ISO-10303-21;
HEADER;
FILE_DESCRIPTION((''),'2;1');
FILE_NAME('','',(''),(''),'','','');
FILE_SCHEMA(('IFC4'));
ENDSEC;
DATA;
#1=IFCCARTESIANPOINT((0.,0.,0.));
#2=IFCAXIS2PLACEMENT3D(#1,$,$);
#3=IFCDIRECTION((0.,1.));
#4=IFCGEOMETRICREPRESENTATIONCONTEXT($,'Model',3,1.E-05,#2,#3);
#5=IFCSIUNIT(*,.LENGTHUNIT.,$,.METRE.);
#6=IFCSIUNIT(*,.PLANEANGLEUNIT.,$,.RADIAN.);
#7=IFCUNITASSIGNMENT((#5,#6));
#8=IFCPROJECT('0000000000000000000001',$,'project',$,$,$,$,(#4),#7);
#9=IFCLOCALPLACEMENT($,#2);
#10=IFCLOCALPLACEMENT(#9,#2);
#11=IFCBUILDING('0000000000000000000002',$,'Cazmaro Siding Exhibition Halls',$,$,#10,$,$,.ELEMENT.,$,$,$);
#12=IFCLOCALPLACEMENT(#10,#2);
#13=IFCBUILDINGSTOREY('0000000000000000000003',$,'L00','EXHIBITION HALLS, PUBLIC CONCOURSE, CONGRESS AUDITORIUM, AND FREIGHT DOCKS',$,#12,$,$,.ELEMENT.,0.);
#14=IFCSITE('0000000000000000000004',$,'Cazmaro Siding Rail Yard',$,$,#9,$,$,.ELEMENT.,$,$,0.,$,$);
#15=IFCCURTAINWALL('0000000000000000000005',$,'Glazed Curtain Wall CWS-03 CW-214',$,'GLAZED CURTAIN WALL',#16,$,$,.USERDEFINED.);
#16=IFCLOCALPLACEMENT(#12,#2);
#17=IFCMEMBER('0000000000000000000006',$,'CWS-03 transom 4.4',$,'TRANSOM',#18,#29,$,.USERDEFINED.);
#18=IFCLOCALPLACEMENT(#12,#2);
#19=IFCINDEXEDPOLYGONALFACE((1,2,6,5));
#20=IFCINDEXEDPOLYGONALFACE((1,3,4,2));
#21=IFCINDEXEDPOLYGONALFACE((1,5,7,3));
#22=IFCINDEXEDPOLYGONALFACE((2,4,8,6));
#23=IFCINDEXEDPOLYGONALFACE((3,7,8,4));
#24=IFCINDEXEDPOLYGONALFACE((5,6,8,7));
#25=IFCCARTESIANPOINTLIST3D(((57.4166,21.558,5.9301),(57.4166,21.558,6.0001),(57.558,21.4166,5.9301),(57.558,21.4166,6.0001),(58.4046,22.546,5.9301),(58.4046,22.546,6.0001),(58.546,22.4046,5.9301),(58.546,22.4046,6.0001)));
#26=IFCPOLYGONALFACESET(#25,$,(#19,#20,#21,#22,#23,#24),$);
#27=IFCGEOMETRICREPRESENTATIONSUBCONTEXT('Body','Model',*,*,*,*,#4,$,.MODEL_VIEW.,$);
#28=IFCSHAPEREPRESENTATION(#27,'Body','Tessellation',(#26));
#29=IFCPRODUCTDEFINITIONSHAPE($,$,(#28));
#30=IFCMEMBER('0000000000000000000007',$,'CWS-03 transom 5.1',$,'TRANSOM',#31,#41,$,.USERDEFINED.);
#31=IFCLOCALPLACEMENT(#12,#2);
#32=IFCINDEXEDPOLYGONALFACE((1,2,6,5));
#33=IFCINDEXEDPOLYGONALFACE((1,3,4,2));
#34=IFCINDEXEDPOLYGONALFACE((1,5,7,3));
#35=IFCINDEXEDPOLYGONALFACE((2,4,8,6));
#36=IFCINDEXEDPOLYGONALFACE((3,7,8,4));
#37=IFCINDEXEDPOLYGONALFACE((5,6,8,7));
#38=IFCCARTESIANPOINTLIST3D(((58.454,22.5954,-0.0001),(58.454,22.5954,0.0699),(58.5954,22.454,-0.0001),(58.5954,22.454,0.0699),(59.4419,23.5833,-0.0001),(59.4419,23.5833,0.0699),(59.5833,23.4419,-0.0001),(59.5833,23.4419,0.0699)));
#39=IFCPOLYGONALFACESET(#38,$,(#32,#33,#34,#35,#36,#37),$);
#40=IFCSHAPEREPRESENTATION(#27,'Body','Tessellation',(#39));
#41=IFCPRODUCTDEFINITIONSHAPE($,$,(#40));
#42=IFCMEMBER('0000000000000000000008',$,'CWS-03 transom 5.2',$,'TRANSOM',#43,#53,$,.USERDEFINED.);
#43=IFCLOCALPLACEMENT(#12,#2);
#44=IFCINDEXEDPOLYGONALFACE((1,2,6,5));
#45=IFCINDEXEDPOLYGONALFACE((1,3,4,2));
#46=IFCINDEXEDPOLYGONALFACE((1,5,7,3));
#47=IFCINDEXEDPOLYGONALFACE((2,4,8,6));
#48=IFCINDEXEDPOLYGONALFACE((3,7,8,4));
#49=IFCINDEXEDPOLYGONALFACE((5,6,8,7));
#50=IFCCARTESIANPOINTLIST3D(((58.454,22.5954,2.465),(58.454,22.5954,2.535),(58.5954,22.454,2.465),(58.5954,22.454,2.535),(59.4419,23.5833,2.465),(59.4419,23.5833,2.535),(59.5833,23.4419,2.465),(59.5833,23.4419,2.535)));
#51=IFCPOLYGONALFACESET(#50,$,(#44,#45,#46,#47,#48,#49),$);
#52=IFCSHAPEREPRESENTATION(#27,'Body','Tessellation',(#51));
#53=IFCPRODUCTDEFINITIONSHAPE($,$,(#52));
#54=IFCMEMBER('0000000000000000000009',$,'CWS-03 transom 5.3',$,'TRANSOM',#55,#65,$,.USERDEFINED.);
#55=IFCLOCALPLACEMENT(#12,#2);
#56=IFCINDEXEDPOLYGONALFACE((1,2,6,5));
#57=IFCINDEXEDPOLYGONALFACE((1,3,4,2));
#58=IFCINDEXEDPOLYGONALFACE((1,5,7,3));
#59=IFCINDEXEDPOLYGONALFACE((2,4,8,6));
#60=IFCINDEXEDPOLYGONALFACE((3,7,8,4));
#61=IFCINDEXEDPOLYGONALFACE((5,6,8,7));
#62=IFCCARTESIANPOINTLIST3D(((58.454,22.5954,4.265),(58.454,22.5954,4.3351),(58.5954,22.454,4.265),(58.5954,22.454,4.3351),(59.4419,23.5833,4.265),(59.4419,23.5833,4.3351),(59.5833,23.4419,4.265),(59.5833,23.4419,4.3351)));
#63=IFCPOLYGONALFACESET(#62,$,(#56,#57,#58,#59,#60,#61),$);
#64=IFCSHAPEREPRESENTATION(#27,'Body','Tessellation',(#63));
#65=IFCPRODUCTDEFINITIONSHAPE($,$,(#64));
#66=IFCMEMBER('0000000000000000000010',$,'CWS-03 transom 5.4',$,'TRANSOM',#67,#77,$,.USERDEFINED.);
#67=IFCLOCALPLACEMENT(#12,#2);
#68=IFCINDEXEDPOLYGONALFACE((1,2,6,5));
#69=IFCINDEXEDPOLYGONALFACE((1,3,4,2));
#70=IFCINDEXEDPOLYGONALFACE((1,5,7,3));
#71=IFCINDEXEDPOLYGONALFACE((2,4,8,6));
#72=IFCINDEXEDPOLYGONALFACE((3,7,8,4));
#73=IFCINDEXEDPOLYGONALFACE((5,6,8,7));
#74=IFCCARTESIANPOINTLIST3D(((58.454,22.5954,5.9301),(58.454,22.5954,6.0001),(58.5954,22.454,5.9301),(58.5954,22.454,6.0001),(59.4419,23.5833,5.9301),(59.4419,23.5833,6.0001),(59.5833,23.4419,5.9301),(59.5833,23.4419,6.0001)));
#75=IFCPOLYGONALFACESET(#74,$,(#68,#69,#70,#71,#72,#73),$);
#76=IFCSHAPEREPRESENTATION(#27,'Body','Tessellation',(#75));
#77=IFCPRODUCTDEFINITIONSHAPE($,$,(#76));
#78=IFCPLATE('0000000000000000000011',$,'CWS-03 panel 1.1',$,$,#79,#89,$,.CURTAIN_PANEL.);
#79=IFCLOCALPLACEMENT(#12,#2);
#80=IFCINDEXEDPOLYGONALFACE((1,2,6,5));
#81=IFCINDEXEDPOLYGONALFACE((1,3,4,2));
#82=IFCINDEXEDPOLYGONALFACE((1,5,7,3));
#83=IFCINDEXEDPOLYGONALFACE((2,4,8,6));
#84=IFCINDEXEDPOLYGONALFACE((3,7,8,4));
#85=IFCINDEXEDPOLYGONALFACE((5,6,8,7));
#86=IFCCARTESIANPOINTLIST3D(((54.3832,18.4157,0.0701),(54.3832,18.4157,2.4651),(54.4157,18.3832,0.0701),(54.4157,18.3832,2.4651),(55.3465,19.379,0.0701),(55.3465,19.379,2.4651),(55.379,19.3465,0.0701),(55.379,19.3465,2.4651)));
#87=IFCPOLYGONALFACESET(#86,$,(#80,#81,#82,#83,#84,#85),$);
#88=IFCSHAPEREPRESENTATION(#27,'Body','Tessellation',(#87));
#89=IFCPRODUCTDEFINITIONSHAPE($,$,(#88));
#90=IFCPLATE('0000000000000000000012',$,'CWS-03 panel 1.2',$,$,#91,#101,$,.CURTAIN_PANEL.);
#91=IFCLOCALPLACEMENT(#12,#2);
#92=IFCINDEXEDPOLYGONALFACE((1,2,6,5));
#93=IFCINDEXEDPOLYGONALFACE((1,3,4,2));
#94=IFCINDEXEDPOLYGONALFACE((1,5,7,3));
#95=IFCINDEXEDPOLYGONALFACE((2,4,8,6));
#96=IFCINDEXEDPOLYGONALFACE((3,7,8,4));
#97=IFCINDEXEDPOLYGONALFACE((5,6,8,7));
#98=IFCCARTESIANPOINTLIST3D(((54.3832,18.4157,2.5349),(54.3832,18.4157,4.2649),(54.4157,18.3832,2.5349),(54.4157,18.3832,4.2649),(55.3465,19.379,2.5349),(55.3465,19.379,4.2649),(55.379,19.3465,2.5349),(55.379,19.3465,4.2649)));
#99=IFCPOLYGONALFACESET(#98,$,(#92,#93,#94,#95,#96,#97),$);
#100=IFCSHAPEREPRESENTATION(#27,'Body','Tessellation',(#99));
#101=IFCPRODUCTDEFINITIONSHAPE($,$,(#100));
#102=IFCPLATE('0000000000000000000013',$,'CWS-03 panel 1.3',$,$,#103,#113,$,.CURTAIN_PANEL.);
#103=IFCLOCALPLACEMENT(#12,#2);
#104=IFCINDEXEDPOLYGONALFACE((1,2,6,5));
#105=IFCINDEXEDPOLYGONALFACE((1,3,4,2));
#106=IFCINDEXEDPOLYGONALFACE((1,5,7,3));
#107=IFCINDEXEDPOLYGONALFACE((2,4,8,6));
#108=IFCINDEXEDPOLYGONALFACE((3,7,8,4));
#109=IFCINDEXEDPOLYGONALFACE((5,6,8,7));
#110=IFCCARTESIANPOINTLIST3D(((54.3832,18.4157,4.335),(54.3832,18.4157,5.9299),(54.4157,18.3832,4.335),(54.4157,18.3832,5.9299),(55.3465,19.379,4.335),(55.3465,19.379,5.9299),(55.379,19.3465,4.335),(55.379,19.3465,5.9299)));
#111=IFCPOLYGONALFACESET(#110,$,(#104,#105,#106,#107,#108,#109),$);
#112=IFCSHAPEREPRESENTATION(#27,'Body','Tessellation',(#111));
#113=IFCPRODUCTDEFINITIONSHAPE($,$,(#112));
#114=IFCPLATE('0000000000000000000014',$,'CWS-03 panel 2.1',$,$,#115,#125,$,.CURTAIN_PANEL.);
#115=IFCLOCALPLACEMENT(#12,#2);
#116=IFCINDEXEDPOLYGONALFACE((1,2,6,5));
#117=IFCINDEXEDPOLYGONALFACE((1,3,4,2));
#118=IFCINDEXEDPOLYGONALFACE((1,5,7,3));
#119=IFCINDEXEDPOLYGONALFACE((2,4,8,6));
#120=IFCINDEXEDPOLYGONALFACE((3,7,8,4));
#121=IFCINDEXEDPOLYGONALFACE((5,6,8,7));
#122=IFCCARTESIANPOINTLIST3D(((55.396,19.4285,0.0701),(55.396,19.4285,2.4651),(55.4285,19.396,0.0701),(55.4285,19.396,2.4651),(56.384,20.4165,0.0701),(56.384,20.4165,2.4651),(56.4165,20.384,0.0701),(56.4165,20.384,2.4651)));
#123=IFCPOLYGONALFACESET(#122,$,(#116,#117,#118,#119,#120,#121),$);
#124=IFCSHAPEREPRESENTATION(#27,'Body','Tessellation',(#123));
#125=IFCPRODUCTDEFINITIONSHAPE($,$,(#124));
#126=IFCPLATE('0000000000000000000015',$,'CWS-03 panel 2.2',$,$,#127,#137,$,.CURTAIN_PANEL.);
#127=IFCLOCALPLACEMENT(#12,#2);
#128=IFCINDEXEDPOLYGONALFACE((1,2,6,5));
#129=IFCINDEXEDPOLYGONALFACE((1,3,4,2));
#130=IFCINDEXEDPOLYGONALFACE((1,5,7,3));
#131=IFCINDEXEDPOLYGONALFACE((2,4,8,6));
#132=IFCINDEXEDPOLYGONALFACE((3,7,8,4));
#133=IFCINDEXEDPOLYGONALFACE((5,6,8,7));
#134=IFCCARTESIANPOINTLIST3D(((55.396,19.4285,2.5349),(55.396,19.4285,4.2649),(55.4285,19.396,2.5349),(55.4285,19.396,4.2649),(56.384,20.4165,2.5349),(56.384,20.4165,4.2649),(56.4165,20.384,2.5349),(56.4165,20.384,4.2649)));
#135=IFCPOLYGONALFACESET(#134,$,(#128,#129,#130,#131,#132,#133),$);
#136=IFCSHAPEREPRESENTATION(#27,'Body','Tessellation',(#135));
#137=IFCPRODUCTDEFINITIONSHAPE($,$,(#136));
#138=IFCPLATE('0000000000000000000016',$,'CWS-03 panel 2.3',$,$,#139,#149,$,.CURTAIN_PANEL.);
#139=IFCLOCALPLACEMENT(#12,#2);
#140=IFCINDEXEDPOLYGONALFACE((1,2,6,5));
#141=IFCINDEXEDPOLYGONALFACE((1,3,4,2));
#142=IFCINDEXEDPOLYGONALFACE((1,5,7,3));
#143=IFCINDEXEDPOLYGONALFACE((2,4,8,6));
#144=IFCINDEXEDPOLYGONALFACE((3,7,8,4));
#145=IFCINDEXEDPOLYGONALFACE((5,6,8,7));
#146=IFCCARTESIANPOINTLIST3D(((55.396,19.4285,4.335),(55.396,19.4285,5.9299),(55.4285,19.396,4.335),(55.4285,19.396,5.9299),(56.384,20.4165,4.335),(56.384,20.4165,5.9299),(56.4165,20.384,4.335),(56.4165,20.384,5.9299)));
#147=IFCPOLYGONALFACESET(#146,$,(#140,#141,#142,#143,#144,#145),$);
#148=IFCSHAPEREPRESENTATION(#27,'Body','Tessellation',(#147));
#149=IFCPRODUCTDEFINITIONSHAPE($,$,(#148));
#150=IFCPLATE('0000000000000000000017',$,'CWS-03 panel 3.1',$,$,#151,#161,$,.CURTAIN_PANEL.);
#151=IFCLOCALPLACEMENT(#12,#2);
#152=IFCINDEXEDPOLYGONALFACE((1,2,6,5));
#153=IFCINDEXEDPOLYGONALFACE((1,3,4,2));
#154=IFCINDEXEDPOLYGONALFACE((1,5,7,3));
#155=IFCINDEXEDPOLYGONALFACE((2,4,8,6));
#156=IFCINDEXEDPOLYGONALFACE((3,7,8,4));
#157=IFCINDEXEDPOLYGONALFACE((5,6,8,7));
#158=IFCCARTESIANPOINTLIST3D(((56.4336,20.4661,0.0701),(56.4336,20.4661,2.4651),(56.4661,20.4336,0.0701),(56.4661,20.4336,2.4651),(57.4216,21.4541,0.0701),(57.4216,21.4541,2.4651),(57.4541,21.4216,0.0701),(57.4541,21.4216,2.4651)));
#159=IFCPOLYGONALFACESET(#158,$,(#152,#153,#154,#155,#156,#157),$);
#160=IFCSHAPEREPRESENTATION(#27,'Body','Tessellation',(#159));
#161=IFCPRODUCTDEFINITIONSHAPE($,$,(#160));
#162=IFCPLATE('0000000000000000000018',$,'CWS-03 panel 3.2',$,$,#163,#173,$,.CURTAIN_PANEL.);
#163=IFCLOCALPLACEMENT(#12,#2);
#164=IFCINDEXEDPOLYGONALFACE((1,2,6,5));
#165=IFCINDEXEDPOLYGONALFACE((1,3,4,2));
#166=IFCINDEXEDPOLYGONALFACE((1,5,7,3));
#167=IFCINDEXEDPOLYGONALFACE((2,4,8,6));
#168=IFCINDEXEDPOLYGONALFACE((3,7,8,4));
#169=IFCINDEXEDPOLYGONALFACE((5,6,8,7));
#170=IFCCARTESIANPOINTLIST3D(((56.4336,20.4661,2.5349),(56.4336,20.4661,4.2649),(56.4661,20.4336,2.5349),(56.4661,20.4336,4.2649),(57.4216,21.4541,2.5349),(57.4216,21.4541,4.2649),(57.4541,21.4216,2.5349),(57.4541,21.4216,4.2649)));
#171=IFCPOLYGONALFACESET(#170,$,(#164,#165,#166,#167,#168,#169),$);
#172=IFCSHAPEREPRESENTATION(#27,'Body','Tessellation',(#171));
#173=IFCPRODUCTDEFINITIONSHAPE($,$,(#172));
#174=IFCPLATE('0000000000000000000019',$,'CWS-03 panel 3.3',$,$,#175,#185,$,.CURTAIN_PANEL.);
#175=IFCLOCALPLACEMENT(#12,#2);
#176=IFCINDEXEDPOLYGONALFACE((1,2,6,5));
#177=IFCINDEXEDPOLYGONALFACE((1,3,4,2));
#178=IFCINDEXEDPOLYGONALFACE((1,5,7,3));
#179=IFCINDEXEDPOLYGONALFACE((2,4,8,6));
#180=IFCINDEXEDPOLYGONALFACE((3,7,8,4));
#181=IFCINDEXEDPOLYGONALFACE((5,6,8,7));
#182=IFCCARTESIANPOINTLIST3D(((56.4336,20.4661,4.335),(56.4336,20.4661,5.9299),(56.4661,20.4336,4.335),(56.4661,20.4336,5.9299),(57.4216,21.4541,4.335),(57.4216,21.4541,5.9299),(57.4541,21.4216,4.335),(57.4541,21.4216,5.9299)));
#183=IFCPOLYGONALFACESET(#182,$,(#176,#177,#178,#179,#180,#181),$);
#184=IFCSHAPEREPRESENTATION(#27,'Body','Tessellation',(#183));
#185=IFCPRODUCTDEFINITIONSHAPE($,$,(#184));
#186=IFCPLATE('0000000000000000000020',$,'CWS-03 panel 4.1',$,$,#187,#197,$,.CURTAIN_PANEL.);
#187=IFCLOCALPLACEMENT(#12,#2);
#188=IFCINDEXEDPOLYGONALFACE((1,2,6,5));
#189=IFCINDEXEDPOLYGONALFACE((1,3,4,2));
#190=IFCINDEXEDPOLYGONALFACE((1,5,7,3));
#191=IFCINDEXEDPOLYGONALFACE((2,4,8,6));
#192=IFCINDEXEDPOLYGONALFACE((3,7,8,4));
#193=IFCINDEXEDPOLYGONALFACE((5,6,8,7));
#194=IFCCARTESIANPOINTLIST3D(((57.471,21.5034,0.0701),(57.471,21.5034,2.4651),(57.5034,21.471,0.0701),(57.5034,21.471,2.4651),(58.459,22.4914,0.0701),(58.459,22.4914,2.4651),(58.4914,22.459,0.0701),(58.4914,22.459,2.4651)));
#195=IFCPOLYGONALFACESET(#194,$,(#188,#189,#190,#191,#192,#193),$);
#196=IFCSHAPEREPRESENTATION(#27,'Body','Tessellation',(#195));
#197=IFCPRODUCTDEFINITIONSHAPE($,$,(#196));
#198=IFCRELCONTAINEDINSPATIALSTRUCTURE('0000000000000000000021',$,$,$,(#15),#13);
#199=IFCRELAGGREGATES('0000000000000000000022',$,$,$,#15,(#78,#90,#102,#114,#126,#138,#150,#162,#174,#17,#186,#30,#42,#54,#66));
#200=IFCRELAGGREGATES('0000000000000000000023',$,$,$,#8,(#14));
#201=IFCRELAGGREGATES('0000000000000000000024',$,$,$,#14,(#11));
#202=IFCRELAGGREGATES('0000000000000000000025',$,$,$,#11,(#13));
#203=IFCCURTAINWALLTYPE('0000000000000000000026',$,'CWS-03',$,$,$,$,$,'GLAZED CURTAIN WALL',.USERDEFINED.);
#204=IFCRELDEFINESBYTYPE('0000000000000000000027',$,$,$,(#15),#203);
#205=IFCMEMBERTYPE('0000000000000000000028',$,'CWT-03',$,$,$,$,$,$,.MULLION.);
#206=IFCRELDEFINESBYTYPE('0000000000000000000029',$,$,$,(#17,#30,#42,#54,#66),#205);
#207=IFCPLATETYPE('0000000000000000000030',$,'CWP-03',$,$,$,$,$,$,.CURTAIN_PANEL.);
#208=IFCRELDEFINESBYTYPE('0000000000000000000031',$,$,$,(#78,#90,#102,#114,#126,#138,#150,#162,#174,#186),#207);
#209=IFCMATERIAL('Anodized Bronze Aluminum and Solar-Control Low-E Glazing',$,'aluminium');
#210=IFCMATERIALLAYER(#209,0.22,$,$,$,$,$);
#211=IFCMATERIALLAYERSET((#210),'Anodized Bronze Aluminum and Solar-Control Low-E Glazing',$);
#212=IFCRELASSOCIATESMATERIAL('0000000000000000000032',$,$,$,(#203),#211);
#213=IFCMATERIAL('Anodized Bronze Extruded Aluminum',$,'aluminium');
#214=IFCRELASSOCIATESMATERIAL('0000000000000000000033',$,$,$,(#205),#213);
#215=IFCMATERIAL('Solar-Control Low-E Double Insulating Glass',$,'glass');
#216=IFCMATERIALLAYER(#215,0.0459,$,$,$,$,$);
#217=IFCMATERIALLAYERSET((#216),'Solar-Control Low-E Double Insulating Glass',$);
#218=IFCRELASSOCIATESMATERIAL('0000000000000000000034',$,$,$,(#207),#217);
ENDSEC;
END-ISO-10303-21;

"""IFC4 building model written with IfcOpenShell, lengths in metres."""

from ifc_helpers import new_model, si_unit, direction, frame, origin, origin_2d, place, context, subcontext, project, spatial, rectangle, extrude, material, layer, layer_set, material_profile, profile_set, type_object, element, aggregate, save


model = new_model("IFC4")

# Units and contexts
model_context = context("Model", 3, precision=1e-05, world=origin(), true_north=direction((0.0, 1.0)))
body_context = subcontext(model_context, "Body", "Model", "MODEL_VIEW")
ifc_project = project(units=[si_unit("LENGTHUNIT", "METRE"), si_unit("PLANEANGLEUNIT", "RADIAN")], contexts=[model_context])

# Site, building, storey
site_placement = place(None, origin())
site = spatial("IfcSite", under=ifc_project, at=site_placement, Name="Cazmaro Siding Rail Yard", CompositionType="ELEMENT", RefElevation=0.0)
building_placement = place(site_placement, origin())
building = spatial("IfcBuilding", under=site, at=building_placement, Name="Cazmaro Siding Exhibition Halls", CompositionType="ELEMENT")
storey_placement = place(building_placement, origin())
storey = spatial("IfcBuildingStorey", under=building, at=storey_placement, Name="L00", Description="EXHIBITION HALLS, PUBLIC CONCOURSE, CONGRESS AUDITORIUM, AND FREIGHT DOCKS", CompositionType="ELEMENT", Elevation=0.0)

# Curtain wall, members, plates
ifc_material_1 = material(Name="Anodized Bronze Aluminum and Solar-Control Low-E Glazing", Category="aluminium")
ifc_layer_1 = layer(ifc_material_1, 0.22)
ifc_layer_set_1 = layer_set([ifc_layer_1], Name="Anodized Bronze Aluminum and Solar-Control Low-E Glazing")
curtain_wall_type = type_object("IfcCurtainWallType", Name="CWS-03", ElementType="GLAZED CURTAIN WALL", PredefinedType="USERDEFINED", material=ifc_layer_set_1)
curtain_wall_placement = place(storey_placement, origin())
curtain_wall = element("IfcCurtainWall", 1, at=curtain_wall_placement, inside=storey, type_object=curtain_wall_type, Name="Glazed Curtain Wall CWS-03 CW-214", ObjectType="GLAZED CURTAIN WALL", PredefinedType="USERDEFINED")
ifc_material_2 = material(Name="Anodized Bronze Extruded Aluminum", Category="aluminium")
ifc_material_profile_1 = material_profile(ifc_material_2, rectangle(XDim=0.2, YDim=0.0701, at=origin_2d()), Name="CWT-03")
ifc_profile_set_1 = profile_set([ifc_material_profile_1], Name="Anodized Bronze Extruded Aluminum")
member_type_1 = type_object("IfcMemberType", Name="CWT-03", PredefinedType="MULLION", material=ifc_profile_set_1)
member_1_placement = place(storey_placement, frame((57.4873, 21.4873, 5.9651), z_axis=(0.707107, 0.707107, 0.0), x_axis=(-0.707107, 0.707107, 0.0)))
member_1 = element("IfcMember", 2, at=member_1_placement, type_object=member_type_1, Name="CWS-03 transom 4.4", ObjectType="TRANSOM", PredefinedType="USERDEFINED", context=body_context, shape_type="SweptSolid", body=[
    extrude(rectangle(XDim=0.2, YDim=0.0701, at=origin_2d()), origin(), (0.0, 0.0, 1.0), 1.3972),
])
member_2_placement = place(storey_placement, frame((58.5247, 22.5247, 0.0349), z_axis=(0.707107, 0.707107, 0.0), x_axis=(-0.707107, 0.707107, 0.0)))
member_2 = element("IfcMember", 3, at=member_2_placement, type_object=member_type_1, Name="CWS-03 transom 5.1", ObjectType="TRANSOM", PredefinedType="USERDEFINED", context=body_context, shape_type="SweptSolid", body=[
    extrude(rectangle(XDim=0.2, YDim=0.0701, at=origin_2d()), origin(), (0.0, 0.0, 1.0), 1.3972),
])
member_3_placement = place(storey_placement, frame((58.5247, 22.5247, 2.5), z_axis=(0.707107, 0.707107, 0.0), x_axis=(-0.707107, 0.707107, 0.0)))
member_3 = element("IfcMember", 4, at=member_3_placement, type_object=member_type_1, Name="CWS-03 transom 5.2", ObjectType="TRANSOM", PredefinedType="USERDEFINED", context=body_context, shape_type="SweptSolid", body=[
    extrude(rectangle(XDim=0.2, YDim=0.0701, at=origin_2d()), origin(), (0.0, 0.0, 1.0), 1.3972),
])
member_4_placement = place(storey_placement, frame((58.5247, 22.5247, 4.3), z_axis=(0.707107, 0.707107, 0.0), x_axis=(-0.707107, 0.707107, 0.0)))
member_4 = element("IfcMember", 5, at=member_4_placement, type_object=member_type_1, Name="CWS-03 transom 5.3", ObjectType="TRANSOM", PredefinedType="USERDEFINED", context=body_context, shape_type="SweptSolid", body=[
    extrude(rectangle(XDim=0.2, YDim=0.0701, at=origin_2d()), origin(), (0.0, 0.0, 1.0), 1.3972),
])
member_5_placement = place(storey_placement, frame((58.5247, 22.5247, 5.9651), z_axis=(0.707107, 0.707107, 0.0), x_axis=(-0.707107, 0.707107, 0.0)))
member_5 = element("IfcMember", 6, at=member_5_placement, type_object=member_type_1, Name="CWS-03 transom 5.4", ObjectType="TRANSOM", PredefinedType="USERDEFINED", context=body_context, shape_type="SweptSolid", body=[
    extrude(rectangle(XDim=0.2, YDim=0.0701, at=origin_2d()), origin(), (0.0, 0.0, 1.0), 1.3972),
])
ifc_material_3 = material(Name="Solar-Control Low-E Double Insulating Glass", Category="glass")
ifc_layer_2 = layer(ifc_material_3, 0.0459)
ifc_layer_set_2 = layer_set([ifc_layer_2], Name="Solar-Control Low-E Double Insulating Glass")
plate_type = type_object("IfcPlateType", Name="CWP-03", PredefinedType="CURTAIN_PANEL", material=ifc_layer_set_2)
plate_1_placement = place(storey_placement, frame((54.8811, 18.8811, 0.0701), z_axis=(0.0, 0.0, 1.0), x_axis=(0.707107, 0.707107, 0.0)))
plate_1 = element("IfcPlate", 7, at=plate_1_placement, type_object=plate_type, Name="CWS-03 panel 1.1", PredefinedType="CURTAIN_PANEL", context=body_context, shape_type="SweptSolid", body=[
    extrude(rectangle(XDim=1.3623, YDim=0.0459, at=origin_2d()), origin(), (0.0, 0.0, 1.0), 2.395),
])
plate_2_placement = place(storey_placement, frame((54.8811, 18.8811, 2.5349), z_axis=(0.0, 0.0, 1.0), x_axis=(0.707107, 0.707107, 0.0)))
plate_2 = element("IfcPlate", 8, at=plate_2_placement, type_object=plate_type, Name="CWS-03 panel 1.2", PredefinedType="CURTAIN_PANEL", context=body_context, shape_type="SweptSolid", body=[
    extrude(rectangle(XDim=1.3623, YDim=0.0459, at=origin_2d()), origin(), (0.0, 0.0, 1.0), 1.73),
])
plate_3_placement = place(storey_placement, frame((54.8811, 18.8811, 4.335), z_axis=(0.0, 0.0, 1.0), x_axis=(0.707107, 0.707107, 0.0)))
plate_3 = element("IfcPlate", 9, at=plate_3_placement, type_object=plate_type, Name="CWS-03 panel 1.3", PredefinedType="CURTAIN_PANEL", context=body_context, shape_type="SweptSolid", body=[
    extrude(rectangle(XDim=1.3623, YDim=0.0459, at=origin_2d()), origin(), (0.0, 0.0, 1.0), 1.595),
])
plate_4_placement = place(storey_placement, frame((55.9062, 19.9062, 0.0701), z_axis=(0.0, 0.0, 1.0), x_axis=(0.707107, 0.707107, 0.0)))
plate_4 = element("IfcPlate", 10, at=plate_4_placement, type_object=plate_type, Name="CWS-03 panel 2.1", PredefinedType="CURTAIN_PANEL", context=body_context, shape_type="SweptSolid", body=[
    extrude(rectangle(XDim=1.3972, YDim=0.0459, at=origin_2d()), origin(), (0.0, 0.0, 1.0), 2.395),
])
plate_5_placement = place(storey_placement, frame((55.9062, 19.9062, 2.5349), z_axis=(0.0, 0.0, 1.0), x_axis=(0.707107, 0.707107, 0.0)))
plate_5 = element("IfcPlate", 11, at=plate_5_placement, type_object=plate_type, Name="CWS-03 panel 2.2", PredefinedType="CURTAIN_PANEL", context=body_context, shape_type="SweptSolid", body=[
    extrude(rectangle(XDim=1.3972, YDim=0.0459, at=origin_2d()), origin(), (0.0, 0.0, 1.0), 1.73),
])
plate_6_placement = place(storey_placement, frame((55.9062, 19.9062, 4.335), z_axis=(0.0, 0.0, 1.0), x_axis=(0.707107, 0.707107, 0.0)))
plate_6 = element("IfcPlate", 12, at=plate_6_placement, type_object=plate_type, Name="CWS-03 panel 2.3", PredefinedType="CURTAIN_PANEL", context=body_context, shape_type="SweptSolid", body=[
    extrude(rectangle(XDim=1.3972, YDim=0.0459, at=origin_2d()), origin(), (0.0, 0.0, 1.0), 1.595),
])
plate_7_placement = place(storey_placement, frame((56.9438, 20.9438, 0.0701), z_axis=(0.0, 0.0, 1.0), x_axis=(0.707107, 0.707107, 0.0)))
plate_7 = element("IfcPlate", 13, at=plate_7_placement, type_object=plate_type, Name="CWS-03 panel 3.1", PredefinedType="CURTAIN_PANEL", context=body_context, shape_type="SweptSolid", body=[
    extrude(rectangle(XDim=1.3972, YDim=0.0459, at=origin_2d()), origin(), (0.0, 0.0, 1.0), 2.395),
])
plate_8_placement = place(storey_placement, frame((56.9438, 20.9438, 2.5349), z_axis=(0.0, 0.0, 1.0), x_axis=(0.707107, 0.707107, 0.0)))
plate_8 = element("IfcPlate", 14, at=plate_8_placement, type_object=plate_type, Name="CWS-03 panel 3.2", PredefinedType="CURTAIN_PANEL", context=body_context, shape_type="SweptSolid", body=[
    extrude(rectangle(XDim=1.3972, YDim=0.0459, at=origin_2d()), origin(), (0.0, 0.0, 1.0), 1.73),
])
plate_9_placement = place(storey_placement, frame((56.9438, 20.9438, 4.335), z_axis=(0.0, 0.0, 1.0), x_axis=(0.707107, 0.707107, 0.0)))
plate_9 = element("IfcPlate", 15, at=plate_9_placement, type_object=plate_type, Name="CWS-03 panel 3.3", PredefinedType="CURTAIN_PANEL", context=body_context, shape_type="SweptSolid", body=[
    extrude(rectangle(XDim=1.3972, YDim=0.0459, at=origin_2d()), origin(), (0.0, 0.0, 1.0), 1.595),
])
plate_10_placement = place(storey_placement, frame((57.9812, 21.9812, 0.0701), z_axis=(0.0, 0.0, 1.0), x_axis=(0.707107, 0.707107, 0.0)))
plate_10 = element("IfcPlate", 16, at=plate_10_placement, type_object=plate_type, Name="CWS-03 panel 4.1", PredefinedType="CURTAIN_PANEL", context=body_context, shape_type="SweptSolid", body=[
    extrude(rectangle(XDim=1.3972, YDim=0.0459, at=origin_2d()), origin(), (0.0, 0.0, 1.0), 2.395),
])
aggregate(curtain_wall, [plate_1, plate_2, plate_3, plate_4, plate_5, plate_6, plate_7, plate_8, plate_9, member_1, plate_10, member_2, member_3, member_4, member_5])

save(model, "model.ifc")
